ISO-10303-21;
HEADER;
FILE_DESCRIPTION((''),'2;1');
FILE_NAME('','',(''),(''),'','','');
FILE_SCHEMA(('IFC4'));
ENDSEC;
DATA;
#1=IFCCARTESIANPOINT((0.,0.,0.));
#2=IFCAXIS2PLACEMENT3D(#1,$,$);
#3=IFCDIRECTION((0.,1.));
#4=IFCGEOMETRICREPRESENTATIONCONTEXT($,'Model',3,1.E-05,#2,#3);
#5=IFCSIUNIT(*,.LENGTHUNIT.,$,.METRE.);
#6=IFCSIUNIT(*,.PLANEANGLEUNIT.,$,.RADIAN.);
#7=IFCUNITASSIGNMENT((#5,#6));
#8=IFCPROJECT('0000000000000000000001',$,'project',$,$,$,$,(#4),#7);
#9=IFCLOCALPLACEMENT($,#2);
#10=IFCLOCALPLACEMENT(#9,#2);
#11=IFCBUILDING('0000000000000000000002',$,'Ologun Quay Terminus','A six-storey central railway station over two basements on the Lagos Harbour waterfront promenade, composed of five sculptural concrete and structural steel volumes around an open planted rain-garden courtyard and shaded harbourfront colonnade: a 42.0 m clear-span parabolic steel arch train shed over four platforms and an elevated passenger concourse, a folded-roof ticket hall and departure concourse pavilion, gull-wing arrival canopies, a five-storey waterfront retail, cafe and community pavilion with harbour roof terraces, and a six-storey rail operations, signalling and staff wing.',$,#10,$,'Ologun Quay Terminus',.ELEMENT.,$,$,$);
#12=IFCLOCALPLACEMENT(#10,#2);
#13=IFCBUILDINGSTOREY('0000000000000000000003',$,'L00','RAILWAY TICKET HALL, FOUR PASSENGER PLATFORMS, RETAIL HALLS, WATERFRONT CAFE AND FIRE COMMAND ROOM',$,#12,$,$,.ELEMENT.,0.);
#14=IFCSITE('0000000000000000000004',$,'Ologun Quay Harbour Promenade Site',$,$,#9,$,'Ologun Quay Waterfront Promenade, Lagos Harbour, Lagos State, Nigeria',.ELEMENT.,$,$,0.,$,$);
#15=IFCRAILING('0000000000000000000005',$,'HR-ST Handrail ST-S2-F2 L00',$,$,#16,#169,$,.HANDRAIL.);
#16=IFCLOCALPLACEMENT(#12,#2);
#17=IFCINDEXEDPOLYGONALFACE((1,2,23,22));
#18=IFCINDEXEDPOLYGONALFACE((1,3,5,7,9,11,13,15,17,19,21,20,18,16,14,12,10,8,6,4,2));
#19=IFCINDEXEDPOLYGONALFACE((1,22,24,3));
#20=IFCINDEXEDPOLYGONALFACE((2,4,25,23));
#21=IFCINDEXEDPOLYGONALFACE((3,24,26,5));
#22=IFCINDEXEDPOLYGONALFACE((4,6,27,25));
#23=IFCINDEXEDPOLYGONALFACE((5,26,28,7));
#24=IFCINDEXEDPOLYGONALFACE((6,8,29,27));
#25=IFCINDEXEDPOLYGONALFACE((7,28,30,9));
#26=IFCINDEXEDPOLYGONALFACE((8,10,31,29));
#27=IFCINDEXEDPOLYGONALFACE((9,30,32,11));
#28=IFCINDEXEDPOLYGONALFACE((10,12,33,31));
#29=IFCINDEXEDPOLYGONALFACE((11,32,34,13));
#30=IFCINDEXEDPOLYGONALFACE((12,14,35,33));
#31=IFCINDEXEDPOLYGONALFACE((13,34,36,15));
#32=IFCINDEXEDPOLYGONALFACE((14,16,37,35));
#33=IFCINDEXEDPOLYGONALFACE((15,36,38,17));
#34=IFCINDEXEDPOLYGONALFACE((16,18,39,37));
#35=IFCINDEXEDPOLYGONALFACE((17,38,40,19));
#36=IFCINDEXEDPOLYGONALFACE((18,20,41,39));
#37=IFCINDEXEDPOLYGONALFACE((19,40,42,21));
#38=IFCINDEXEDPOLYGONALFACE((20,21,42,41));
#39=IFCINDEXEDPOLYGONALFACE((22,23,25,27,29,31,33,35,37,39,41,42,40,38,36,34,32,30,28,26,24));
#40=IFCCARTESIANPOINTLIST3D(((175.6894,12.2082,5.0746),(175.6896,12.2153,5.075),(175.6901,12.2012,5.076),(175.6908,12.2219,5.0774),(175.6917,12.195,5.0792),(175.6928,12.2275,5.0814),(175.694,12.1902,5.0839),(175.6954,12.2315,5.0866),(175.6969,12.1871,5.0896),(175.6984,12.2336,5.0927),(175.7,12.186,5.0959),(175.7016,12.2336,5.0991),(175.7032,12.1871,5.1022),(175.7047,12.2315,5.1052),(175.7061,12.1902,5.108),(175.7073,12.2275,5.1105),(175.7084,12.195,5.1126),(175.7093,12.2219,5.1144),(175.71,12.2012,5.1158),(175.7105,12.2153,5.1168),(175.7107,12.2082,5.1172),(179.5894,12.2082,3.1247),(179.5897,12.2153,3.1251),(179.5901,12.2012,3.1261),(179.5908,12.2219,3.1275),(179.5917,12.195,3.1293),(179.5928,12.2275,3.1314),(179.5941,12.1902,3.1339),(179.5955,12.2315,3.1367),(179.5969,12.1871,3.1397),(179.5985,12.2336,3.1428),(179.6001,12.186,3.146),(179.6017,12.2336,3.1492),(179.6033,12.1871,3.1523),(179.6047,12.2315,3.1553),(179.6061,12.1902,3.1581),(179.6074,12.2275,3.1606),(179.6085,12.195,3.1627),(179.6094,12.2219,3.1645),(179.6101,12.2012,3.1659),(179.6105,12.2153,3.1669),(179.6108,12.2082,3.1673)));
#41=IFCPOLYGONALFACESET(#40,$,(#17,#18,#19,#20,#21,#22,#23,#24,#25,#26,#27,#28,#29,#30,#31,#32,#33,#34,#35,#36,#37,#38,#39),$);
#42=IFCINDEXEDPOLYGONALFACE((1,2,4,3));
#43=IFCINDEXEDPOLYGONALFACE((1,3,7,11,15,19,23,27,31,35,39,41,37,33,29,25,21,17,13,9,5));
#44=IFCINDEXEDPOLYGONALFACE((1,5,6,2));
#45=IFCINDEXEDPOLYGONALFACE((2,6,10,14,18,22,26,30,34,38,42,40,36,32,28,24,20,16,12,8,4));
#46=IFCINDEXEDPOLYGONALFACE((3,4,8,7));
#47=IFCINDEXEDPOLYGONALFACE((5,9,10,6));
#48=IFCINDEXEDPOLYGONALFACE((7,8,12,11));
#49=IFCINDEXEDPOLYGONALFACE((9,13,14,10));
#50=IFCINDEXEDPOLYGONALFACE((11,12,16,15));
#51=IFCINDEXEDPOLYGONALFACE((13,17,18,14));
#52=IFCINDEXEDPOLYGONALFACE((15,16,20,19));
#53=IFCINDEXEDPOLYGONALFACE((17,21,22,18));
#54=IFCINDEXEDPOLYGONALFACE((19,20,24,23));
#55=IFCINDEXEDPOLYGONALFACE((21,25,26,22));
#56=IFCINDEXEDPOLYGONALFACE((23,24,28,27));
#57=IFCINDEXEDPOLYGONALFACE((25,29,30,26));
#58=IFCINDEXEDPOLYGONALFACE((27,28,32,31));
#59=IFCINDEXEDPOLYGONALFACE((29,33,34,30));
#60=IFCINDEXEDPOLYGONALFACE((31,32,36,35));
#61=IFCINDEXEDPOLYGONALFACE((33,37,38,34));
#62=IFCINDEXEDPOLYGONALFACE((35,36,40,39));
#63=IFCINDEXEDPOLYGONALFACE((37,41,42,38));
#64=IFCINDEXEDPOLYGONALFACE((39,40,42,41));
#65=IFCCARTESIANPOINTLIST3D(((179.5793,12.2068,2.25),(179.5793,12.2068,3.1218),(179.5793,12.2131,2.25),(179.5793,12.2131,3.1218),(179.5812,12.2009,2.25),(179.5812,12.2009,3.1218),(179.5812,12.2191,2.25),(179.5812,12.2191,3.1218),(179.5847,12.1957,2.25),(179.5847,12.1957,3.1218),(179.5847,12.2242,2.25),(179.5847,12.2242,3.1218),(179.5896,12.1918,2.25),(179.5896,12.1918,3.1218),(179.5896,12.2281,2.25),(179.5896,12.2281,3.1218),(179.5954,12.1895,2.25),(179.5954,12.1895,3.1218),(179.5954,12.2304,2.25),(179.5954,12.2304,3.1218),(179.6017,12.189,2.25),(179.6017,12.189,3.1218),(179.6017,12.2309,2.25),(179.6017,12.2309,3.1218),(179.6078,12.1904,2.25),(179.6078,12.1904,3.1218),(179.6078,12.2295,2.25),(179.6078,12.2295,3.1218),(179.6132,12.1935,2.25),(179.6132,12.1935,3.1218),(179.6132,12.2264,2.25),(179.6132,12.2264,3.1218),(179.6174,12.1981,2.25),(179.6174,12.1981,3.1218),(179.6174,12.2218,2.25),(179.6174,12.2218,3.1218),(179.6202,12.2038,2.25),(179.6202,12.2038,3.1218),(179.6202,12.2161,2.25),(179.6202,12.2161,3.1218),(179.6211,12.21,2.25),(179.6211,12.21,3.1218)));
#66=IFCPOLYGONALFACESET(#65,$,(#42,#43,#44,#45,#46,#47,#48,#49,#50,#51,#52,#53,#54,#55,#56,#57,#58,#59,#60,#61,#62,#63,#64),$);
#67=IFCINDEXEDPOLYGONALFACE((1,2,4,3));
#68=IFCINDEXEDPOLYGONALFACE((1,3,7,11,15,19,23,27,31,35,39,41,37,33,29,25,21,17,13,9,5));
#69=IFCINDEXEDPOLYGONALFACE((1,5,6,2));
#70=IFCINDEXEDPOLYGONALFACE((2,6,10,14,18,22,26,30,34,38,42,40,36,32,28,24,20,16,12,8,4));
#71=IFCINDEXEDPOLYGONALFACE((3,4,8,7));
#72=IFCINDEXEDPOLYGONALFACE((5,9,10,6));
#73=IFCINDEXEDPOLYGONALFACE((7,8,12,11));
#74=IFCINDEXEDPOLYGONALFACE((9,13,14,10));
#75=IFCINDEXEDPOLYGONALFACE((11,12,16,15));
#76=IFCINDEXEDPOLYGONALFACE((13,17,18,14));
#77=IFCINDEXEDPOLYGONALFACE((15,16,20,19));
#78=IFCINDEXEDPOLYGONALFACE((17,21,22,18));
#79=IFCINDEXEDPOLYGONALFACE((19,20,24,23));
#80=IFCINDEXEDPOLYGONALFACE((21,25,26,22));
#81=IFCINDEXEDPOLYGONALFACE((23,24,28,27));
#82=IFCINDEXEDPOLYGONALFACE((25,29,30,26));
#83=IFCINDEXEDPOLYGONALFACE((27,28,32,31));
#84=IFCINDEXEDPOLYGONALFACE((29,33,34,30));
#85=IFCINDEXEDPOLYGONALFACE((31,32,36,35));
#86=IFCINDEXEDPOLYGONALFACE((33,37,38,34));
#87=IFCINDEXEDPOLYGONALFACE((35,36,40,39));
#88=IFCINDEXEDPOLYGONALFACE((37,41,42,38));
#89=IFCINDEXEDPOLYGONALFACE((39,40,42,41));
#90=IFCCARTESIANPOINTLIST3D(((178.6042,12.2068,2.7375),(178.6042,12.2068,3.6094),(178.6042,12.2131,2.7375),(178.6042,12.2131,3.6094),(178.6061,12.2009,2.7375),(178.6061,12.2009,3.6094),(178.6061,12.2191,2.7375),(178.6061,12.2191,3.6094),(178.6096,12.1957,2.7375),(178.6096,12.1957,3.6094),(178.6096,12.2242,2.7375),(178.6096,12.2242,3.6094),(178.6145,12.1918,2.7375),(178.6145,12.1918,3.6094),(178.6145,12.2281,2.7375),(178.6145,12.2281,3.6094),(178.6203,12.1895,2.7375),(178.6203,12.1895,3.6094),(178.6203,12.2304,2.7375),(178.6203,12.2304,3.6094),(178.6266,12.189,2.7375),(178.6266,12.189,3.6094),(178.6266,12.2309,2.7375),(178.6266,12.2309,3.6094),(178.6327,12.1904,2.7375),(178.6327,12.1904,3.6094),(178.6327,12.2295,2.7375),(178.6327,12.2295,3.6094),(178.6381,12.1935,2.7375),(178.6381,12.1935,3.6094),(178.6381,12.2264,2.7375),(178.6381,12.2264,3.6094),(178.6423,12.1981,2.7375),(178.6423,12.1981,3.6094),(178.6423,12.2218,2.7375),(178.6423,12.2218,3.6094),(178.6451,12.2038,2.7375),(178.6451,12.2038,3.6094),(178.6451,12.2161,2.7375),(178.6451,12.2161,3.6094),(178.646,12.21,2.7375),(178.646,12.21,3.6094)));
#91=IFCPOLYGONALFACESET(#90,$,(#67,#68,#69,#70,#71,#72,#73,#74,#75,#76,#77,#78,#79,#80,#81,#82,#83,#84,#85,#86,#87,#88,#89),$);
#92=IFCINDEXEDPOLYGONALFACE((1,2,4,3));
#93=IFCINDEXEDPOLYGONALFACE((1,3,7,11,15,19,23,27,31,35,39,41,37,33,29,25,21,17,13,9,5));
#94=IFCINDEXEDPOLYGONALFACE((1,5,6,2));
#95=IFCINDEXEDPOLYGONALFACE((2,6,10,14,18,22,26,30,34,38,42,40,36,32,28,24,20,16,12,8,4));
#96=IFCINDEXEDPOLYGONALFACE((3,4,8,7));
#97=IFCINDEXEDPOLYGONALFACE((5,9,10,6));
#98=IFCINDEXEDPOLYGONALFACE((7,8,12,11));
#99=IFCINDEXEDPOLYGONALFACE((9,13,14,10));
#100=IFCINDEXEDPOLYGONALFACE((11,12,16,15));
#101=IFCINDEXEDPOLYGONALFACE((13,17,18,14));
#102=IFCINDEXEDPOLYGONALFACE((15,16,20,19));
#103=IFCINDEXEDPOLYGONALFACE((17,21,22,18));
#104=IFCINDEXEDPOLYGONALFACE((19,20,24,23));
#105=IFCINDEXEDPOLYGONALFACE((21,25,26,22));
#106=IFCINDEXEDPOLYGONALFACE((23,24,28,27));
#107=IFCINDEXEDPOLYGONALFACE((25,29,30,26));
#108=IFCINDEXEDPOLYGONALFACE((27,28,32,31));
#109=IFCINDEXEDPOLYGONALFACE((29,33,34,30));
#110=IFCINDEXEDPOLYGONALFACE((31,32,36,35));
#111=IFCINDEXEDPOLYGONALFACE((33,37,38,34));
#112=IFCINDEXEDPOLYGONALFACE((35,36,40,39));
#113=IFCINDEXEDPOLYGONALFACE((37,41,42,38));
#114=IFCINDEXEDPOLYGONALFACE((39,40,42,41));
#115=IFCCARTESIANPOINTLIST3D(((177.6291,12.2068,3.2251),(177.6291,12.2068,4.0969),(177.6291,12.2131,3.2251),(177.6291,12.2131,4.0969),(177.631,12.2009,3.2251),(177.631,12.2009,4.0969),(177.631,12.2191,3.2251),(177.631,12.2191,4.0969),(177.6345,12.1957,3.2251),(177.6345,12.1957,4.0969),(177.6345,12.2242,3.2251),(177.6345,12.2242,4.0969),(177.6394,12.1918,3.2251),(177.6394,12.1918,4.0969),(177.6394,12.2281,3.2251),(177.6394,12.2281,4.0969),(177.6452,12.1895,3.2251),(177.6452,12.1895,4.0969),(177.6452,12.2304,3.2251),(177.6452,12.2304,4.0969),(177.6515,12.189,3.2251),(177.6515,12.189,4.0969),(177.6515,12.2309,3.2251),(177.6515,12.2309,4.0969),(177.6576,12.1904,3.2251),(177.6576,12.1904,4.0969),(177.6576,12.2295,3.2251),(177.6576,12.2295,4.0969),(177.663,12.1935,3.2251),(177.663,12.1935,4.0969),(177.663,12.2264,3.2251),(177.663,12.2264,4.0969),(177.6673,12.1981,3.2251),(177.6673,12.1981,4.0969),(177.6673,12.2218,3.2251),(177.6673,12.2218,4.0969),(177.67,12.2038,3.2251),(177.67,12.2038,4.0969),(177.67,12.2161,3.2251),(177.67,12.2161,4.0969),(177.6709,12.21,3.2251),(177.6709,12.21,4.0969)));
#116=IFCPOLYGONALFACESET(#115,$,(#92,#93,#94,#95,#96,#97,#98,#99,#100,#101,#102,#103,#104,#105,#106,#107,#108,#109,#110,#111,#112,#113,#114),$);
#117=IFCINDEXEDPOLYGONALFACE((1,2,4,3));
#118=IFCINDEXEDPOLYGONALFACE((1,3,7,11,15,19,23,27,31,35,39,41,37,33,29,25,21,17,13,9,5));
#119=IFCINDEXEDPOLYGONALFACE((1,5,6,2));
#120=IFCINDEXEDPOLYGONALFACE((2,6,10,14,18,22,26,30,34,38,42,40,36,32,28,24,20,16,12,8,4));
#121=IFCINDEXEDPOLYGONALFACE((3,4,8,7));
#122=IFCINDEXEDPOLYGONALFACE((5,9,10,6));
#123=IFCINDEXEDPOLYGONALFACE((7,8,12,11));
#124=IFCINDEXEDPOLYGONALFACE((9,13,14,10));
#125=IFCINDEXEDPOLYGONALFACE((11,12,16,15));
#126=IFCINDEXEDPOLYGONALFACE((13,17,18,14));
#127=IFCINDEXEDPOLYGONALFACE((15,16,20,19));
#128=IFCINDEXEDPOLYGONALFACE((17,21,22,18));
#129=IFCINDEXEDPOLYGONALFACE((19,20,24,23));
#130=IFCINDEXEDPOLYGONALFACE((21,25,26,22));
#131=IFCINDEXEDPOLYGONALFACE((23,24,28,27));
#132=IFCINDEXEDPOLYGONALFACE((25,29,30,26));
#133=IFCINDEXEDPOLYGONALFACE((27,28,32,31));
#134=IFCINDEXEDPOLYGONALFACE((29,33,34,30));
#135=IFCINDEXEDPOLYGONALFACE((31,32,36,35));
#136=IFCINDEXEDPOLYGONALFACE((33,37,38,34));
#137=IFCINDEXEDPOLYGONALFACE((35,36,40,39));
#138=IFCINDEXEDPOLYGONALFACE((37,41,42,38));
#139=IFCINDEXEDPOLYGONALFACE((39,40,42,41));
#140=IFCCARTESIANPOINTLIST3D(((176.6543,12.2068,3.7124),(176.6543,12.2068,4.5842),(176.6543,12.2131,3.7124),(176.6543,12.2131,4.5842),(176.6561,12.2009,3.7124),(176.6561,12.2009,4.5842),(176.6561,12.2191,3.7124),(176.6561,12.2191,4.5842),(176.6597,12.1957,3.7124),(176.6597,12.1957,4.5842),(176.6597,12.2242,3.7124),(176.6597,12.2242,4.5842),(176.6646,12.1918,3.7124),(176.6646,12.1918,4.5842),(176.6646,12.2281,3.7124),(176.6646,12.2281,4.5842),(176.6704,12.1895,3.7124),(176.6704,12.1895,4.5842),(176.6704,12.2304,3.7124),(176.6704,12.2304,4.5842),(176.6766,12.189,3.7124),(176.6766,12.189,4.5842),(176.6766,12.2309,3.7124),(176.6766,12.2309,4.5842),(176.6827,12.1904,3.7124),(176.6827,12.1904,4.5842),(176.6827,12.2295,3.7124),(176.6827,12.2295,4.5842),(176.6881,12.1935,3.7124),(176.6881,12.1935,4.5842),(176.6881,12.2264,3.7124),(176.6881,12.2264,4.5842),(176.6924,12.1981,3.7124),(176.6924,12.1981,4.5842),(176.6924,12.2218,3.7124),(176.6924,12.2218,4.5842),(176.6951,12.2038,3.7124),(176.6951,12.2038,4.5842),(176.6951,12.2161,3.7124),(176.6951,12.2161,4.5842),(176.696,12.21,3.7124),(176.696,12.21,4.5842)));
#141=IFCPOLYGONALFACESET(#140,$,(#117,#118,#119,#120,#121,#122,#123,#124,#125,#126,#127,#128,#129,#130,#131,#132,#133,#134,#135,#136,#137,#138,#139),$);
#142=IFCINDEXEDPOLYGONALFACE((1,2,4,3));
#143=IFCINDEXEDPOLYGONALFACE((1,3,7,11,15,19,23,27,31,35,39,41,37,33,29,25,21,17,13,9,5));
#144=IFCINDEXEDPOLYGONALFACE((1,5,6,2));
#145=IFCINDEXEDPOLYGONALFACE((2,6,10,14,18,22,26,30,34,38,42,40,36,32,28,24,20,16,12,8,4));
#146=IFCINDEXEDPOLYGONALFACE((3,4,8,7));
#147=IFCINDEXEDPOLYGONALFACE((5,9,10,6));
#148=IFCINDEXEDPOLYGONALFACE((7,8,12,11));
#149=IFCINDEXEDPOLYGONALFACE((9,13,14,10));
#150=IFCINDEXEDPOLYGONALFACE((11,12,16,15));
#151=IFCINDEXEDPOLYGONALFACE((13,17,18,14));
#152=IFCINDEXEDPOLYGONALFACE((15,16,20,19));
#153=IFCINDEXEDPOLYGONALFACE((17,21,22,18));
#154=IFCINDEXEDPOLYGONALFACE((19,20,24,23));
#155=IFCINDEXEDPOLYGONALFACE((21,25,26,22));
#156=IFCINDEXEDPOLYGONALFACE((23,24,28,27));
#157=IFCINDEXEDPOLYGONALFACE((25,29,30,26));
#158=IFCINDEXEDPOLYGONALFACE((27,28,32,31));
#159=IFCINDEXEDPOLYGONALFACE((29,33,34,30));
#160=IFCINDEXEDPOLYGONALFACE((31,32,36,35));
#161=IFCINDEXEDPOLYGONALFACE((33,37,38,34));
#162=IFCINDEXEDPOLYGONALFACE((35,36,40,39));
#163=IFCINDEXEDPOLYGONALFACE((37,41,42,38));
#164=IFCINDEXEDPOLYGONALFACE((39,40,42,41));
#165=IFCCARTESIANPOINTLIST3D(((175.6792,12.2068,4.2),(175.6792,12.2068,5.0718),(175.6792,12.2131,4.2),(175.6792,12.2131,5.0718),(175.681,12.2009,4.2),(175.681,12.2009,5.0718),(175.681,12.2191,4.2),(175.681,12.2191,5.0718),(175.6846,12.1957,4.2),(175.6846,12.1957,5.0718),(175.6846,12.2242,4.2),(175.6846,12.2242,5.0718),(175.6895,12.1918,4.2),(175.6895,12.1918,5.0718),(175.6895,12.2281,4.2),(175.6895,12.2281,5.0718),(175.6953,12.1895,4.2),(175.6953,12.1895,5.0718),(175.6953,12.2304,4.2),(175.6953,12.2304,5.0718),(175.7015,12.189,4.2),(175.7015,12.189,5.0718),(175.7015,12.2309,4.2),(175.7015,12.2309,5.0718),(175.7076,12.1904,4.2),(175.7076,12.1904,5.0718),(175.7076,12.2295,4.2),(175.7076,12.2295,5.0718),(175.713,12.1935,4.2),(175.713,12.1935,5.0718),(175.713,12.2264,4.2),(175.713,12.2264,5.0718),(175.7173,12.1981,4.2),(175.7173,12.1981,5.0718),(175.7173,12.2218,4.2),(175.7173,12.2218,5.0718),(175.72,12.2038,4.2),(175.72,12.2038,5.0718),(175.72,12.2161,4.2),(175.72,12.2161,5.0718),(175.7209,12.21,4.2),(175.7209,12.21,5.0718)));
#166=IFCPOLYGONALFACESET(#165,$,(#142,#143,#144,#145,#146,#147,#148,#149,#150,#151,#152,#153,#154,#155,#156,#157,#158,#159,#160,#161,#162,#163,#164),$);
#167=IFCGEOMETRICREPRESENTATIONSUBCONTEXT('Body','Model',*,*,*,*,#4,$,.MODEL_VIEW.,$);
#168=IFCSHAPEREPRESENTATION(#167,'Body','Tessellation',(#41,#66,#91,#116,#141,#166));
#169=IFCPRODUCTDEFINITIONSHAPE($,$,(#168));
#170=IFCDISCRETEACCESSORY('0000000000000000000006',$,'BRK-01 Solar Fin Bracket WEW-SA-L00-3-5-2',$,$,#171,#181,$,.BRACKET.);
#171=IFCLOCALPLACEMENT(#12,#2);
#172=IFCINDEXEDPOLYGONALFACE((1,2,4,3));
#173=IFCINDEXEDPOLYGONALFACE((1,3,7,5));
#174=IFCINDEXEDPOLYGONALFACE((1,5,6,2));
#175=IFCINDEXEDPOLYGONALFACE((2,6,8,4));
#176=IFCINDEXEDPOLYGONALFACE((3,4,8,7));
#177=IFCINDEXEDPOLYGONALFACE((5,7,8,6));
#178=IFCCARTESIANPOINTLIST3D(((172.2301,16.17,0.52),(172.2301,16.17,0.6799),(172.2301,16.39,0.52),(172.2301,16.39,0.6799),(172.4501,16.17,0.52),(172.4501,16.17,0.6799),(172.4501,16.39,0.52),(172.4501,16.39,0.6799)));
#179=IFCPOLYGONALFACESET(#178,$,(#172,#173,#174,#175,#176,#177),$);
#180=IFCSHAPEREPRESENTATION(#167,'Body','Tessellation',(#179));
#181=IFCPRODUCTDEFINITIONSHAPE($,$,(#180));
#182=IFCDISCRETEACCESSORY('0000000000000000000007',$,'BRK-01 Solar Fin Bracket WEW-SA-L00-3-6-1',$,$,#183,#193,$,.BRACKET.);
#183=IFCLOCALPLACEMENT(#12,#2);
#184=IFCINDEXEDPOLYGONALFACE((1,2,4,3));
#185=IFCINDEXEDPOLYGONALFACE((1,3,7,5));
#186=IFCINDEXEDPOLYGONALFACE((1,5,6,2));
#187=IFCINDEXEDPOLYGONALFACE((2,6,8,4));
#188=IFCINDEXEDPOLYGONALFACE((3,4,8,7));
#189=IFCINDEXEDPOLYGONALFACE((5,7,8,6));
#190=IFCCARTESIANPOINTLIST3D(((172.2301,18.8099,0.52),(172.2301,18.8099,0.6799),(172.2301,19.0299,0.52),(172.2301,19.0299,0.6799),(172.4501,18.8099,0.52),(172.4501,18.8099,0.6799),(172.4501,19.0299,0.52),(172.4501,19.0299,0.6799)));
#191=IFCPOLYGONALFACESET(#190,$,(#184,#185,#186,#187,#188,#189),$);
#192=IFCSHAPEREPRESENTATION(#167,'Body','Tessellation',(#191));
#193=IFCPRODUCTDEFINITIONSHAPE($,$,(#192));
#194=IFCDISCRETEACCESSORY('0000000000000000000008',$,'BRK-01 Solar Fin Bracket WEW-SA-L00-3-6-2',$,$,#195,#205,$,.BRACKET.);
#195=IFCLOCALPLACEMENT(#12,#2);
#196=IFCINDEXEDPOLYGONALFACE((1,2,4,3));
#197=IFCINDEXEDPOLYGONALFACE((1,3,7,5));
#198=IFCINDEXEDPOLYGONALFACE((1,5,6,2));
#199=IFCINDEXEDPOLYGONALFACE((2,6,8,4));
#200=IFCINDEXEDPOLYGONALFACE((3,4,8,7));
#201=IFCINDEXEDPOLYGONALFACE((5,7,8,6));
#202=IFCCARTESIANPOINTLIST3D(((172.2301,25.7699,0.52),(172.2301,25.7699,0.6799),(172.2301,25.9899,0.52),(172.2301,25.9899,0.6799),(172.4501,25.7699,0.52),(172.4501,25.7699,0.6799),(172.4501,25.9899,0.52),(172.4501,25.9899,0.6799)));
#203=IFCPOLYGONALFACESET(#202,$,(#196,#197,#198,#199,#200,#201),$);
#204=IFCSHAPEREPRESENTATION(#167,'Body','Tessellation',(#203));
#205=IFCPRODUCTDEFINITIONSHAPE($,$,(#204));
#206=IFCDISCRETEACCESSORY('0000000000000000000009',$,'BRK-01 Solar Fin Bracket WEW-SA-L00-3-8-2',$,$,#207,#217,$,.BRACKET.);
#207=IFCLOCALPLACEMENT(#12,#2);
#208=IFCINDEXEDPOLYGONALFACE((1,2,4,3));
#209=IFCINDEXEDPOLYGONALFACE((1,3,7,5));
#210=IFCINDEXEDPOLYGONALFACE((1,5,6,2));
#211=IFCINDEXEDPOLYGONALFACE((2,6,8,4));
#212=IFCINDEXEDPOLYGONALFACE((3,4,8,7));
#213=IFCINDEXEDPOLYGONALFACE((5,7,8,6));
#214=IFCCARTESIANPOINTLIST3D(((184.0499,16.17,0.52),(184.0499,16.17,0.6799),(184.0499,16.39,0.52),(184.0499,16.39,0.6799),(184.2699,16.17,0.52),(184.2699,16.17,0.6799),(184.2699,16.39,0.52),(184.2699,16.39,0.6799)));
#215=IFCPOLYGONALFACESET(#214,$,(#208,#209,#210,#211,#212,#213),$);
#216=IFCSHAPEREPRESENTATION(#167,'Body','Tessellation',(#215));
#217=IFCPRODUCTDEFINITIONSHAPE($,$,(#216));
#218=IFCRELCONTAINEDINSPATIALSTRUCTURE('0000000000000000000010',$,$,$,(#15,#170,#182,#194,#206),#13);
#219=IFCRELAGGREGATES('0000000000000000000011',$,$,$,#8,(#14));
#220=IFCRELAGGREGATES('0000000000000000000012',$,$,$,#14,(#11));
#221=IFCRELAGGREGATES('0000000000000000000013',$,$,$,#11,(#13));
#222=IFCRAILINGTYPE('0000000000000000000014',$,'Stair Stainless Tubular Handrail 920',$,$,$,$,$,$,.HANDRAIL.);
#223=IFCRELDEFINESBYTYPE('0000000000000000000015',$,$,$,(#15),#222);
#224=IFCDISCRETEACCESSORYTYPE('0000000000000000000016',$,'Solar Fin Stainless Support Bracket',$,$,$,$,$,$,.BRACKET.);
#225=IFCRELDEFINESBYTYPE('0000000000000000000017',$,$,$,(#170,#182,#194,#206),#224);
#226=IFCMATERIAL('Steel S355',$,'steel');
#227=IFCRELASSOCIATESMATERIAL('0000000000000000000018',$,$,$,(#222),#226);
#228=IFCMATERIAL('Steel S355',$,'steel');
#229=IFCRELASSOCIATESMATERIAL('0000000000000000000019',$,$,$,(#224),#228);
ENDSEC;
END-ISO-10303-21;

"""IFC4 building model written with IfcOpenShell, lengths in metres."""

from ifc_helpers import new_model, si_unit, direction, frame, origin, origin_2d, place, context, subcontext, project, spatial, rectangle, circle, extrude, material, type_object, element, save


model = new_model("IFC4")

# Units and contexts
model_context = context("Model", 3, precision=1e-05, world=origin(), true_north=direction((0.0, 1.0)))
body_context = subcontext(model_context, "Body", "Model", "MODEL_VIEW")
ifc_project = project(units=[si_unit("LENGTHUNIT", "METRE"), si_unit("PLANEANGLEUNIT", "RADIAN")], contexts=[model_context])

# Site, building, storey
site_placement = place(None, origin())
site = spatial("IfcSite", under=ifc_project, at=site_placement, Name="Ologun Quay Harbour Promenade Site", LongName="Ologun Quay Waterfront Promenade, Lagos Harbour, Lagos State, Nigeria", CompositionType="ELEMENT", RefElevation=0.0)
building_placement = place(site_placement, origin())
building = spatial("IfcBuilding", under=site, at=building_placement, Name="Ologun Quay Terminus", Description="A six-storey central railway station over two basements on the Lagos Harbour waterfront promenade, composed of five sculptural concrete and structural steel volumes around an open planted rain-garden courtyard and shaded harbourfront colonnade: a 42.0 m clear-span parabolic steel arch train shed over four platforms and an elevated passenger concourse, a folded-roof ticket hall and departure concourse pavilion, gull-wing arrival canopies, a five-storey waterfront retail, cafe and community pavilion with harbour roof terraces, and a six-storey rail operations, signalling and staff wing.", LongName="Ologun Quay Terminus", CompositionType="ELEMENT")
storey_placement = place(building_placement, origin())
storey = spatial("IfcBuildingStorey", under=building, at=storey_placement, Name="L00", Description="RAILWAY TICKET HALL, FOUR PASSENGER PLATFORMS, RETAIL HALLS, WATERFRONT CAFE AND FIRE COMMAND ROOM", CompositionType="ELEMENT", Elevation=0.0)

# Railing
ifc_material_1 = material(Name="Steel S355", Category="steel")
railing_type_1 = type_object("IfcRailingType", Name="Stair Stainless Tubular Handrail 920", PredefinedType="HANDRAIL", material=ifc_material_1)
railing_1_placement = place(storey_placement, frame((179.6001, 12.21, 2.25)))
element("IfcRailing", 1, at=railing_1_placement, inside=storey, type_object=railing_type_1, Name="HR-ST Handrail ST-S2-F2 L00", PredefinedType="HANDRAIL", context=body_context, shape_type="SweptSolid", body=[
    extrude(circle(Radius=0.0239, at=origin_2d()), frame((0.0, 0.0, 0.896), z_axis=(-0.894438, 0.0, 0.447191), x_axis=(0.0, -1.0, 0.0)), (0.0, 0.0, 1.0), 4.3604),
    extrude(circle(Radius=0.021, at=origin_2d()), origin(), (0.0, 0.0, 1.0), 0.8718),
    extrude(circle(Radius=0.021, at=origin_2d()), frame((-0.9751, 0.0, 0.4875)), (0.0, 0.0, 1.0), 0.8718),
    extrude(circle(Radius=0.021, at=origin_2d()), frame((-1.9502, 0.0, 0.9751)), (0.0, 0.0, 1.0), 0.8718),
    extrude(circle(Radius=0.021, at=origin_2d()), frame((-2.925, 0.0, 1.4624)), (0.0, 0.0, 1.0), 0.8718),
    extrude(circle(Radius=0.021, at=origin_2d()), frame((-3.9001, 0.0, 1.95)), (0.0, 0.0, 1.0), 0.8718),
])

# Discrete accessories
ifc_material_2 = material(Name="Steel S355", Category="steel")
discrete_accessory_type = type_object("IfcDiscreteAccessoryType", Name="Solar Fin Stainless Support Bracket", PredefinedType="BRACKET", material=ifc_material_2)
for number, where, z_axis, x_axis, name in (
    (2, (172.3401, 16.28, 0.52), (0.0, 0.0, 1.0), (1.0, 0.0, 0.0), "BRK-01 Solar Fin Bracket WEW-SA-L00-3-5-2"),
    (3, (172.3401, 18.9199, 0.52), (0.0, 0.0, 1.0), (1.0, 0.0, 0.0), "BRK-01 Solar Fin Bracket WEW-SA-L00-3-6-1"),
    (4, (172.3401, 25.8799, 0.52), (0.0, 0.0, 1.0), (1.0, 0.0, 0.0), "BRK-01 Solar Fin Bracket WEW-SA-L00-3-6-2"),
    (5, (184.1599, 16.28, 0.52), (0.0, 0.0, 1.0), (1.0, 0.0, 0.0), "BRK-01 Solar Fin Bracket WEW-SA-L00-3-8-2"),
):
    element("IfcDiscreteAccessory", number, at=place(storey_placement, frame(where, z_axis=z_axis, x_axis=x_axis)), inside=storey, type_object=discrete_accessory_type, Name=name, PredefinedType="BRACKET", context=body_context, shape_type="SweptSolid", body=[
        extrude(rectangle(XDim=0.22, YDim=0.22, at=origin_2d()), origin(), (0.0, 0.0, 1.0), 0.1599),
    ])

save(model, "model.ifc")
